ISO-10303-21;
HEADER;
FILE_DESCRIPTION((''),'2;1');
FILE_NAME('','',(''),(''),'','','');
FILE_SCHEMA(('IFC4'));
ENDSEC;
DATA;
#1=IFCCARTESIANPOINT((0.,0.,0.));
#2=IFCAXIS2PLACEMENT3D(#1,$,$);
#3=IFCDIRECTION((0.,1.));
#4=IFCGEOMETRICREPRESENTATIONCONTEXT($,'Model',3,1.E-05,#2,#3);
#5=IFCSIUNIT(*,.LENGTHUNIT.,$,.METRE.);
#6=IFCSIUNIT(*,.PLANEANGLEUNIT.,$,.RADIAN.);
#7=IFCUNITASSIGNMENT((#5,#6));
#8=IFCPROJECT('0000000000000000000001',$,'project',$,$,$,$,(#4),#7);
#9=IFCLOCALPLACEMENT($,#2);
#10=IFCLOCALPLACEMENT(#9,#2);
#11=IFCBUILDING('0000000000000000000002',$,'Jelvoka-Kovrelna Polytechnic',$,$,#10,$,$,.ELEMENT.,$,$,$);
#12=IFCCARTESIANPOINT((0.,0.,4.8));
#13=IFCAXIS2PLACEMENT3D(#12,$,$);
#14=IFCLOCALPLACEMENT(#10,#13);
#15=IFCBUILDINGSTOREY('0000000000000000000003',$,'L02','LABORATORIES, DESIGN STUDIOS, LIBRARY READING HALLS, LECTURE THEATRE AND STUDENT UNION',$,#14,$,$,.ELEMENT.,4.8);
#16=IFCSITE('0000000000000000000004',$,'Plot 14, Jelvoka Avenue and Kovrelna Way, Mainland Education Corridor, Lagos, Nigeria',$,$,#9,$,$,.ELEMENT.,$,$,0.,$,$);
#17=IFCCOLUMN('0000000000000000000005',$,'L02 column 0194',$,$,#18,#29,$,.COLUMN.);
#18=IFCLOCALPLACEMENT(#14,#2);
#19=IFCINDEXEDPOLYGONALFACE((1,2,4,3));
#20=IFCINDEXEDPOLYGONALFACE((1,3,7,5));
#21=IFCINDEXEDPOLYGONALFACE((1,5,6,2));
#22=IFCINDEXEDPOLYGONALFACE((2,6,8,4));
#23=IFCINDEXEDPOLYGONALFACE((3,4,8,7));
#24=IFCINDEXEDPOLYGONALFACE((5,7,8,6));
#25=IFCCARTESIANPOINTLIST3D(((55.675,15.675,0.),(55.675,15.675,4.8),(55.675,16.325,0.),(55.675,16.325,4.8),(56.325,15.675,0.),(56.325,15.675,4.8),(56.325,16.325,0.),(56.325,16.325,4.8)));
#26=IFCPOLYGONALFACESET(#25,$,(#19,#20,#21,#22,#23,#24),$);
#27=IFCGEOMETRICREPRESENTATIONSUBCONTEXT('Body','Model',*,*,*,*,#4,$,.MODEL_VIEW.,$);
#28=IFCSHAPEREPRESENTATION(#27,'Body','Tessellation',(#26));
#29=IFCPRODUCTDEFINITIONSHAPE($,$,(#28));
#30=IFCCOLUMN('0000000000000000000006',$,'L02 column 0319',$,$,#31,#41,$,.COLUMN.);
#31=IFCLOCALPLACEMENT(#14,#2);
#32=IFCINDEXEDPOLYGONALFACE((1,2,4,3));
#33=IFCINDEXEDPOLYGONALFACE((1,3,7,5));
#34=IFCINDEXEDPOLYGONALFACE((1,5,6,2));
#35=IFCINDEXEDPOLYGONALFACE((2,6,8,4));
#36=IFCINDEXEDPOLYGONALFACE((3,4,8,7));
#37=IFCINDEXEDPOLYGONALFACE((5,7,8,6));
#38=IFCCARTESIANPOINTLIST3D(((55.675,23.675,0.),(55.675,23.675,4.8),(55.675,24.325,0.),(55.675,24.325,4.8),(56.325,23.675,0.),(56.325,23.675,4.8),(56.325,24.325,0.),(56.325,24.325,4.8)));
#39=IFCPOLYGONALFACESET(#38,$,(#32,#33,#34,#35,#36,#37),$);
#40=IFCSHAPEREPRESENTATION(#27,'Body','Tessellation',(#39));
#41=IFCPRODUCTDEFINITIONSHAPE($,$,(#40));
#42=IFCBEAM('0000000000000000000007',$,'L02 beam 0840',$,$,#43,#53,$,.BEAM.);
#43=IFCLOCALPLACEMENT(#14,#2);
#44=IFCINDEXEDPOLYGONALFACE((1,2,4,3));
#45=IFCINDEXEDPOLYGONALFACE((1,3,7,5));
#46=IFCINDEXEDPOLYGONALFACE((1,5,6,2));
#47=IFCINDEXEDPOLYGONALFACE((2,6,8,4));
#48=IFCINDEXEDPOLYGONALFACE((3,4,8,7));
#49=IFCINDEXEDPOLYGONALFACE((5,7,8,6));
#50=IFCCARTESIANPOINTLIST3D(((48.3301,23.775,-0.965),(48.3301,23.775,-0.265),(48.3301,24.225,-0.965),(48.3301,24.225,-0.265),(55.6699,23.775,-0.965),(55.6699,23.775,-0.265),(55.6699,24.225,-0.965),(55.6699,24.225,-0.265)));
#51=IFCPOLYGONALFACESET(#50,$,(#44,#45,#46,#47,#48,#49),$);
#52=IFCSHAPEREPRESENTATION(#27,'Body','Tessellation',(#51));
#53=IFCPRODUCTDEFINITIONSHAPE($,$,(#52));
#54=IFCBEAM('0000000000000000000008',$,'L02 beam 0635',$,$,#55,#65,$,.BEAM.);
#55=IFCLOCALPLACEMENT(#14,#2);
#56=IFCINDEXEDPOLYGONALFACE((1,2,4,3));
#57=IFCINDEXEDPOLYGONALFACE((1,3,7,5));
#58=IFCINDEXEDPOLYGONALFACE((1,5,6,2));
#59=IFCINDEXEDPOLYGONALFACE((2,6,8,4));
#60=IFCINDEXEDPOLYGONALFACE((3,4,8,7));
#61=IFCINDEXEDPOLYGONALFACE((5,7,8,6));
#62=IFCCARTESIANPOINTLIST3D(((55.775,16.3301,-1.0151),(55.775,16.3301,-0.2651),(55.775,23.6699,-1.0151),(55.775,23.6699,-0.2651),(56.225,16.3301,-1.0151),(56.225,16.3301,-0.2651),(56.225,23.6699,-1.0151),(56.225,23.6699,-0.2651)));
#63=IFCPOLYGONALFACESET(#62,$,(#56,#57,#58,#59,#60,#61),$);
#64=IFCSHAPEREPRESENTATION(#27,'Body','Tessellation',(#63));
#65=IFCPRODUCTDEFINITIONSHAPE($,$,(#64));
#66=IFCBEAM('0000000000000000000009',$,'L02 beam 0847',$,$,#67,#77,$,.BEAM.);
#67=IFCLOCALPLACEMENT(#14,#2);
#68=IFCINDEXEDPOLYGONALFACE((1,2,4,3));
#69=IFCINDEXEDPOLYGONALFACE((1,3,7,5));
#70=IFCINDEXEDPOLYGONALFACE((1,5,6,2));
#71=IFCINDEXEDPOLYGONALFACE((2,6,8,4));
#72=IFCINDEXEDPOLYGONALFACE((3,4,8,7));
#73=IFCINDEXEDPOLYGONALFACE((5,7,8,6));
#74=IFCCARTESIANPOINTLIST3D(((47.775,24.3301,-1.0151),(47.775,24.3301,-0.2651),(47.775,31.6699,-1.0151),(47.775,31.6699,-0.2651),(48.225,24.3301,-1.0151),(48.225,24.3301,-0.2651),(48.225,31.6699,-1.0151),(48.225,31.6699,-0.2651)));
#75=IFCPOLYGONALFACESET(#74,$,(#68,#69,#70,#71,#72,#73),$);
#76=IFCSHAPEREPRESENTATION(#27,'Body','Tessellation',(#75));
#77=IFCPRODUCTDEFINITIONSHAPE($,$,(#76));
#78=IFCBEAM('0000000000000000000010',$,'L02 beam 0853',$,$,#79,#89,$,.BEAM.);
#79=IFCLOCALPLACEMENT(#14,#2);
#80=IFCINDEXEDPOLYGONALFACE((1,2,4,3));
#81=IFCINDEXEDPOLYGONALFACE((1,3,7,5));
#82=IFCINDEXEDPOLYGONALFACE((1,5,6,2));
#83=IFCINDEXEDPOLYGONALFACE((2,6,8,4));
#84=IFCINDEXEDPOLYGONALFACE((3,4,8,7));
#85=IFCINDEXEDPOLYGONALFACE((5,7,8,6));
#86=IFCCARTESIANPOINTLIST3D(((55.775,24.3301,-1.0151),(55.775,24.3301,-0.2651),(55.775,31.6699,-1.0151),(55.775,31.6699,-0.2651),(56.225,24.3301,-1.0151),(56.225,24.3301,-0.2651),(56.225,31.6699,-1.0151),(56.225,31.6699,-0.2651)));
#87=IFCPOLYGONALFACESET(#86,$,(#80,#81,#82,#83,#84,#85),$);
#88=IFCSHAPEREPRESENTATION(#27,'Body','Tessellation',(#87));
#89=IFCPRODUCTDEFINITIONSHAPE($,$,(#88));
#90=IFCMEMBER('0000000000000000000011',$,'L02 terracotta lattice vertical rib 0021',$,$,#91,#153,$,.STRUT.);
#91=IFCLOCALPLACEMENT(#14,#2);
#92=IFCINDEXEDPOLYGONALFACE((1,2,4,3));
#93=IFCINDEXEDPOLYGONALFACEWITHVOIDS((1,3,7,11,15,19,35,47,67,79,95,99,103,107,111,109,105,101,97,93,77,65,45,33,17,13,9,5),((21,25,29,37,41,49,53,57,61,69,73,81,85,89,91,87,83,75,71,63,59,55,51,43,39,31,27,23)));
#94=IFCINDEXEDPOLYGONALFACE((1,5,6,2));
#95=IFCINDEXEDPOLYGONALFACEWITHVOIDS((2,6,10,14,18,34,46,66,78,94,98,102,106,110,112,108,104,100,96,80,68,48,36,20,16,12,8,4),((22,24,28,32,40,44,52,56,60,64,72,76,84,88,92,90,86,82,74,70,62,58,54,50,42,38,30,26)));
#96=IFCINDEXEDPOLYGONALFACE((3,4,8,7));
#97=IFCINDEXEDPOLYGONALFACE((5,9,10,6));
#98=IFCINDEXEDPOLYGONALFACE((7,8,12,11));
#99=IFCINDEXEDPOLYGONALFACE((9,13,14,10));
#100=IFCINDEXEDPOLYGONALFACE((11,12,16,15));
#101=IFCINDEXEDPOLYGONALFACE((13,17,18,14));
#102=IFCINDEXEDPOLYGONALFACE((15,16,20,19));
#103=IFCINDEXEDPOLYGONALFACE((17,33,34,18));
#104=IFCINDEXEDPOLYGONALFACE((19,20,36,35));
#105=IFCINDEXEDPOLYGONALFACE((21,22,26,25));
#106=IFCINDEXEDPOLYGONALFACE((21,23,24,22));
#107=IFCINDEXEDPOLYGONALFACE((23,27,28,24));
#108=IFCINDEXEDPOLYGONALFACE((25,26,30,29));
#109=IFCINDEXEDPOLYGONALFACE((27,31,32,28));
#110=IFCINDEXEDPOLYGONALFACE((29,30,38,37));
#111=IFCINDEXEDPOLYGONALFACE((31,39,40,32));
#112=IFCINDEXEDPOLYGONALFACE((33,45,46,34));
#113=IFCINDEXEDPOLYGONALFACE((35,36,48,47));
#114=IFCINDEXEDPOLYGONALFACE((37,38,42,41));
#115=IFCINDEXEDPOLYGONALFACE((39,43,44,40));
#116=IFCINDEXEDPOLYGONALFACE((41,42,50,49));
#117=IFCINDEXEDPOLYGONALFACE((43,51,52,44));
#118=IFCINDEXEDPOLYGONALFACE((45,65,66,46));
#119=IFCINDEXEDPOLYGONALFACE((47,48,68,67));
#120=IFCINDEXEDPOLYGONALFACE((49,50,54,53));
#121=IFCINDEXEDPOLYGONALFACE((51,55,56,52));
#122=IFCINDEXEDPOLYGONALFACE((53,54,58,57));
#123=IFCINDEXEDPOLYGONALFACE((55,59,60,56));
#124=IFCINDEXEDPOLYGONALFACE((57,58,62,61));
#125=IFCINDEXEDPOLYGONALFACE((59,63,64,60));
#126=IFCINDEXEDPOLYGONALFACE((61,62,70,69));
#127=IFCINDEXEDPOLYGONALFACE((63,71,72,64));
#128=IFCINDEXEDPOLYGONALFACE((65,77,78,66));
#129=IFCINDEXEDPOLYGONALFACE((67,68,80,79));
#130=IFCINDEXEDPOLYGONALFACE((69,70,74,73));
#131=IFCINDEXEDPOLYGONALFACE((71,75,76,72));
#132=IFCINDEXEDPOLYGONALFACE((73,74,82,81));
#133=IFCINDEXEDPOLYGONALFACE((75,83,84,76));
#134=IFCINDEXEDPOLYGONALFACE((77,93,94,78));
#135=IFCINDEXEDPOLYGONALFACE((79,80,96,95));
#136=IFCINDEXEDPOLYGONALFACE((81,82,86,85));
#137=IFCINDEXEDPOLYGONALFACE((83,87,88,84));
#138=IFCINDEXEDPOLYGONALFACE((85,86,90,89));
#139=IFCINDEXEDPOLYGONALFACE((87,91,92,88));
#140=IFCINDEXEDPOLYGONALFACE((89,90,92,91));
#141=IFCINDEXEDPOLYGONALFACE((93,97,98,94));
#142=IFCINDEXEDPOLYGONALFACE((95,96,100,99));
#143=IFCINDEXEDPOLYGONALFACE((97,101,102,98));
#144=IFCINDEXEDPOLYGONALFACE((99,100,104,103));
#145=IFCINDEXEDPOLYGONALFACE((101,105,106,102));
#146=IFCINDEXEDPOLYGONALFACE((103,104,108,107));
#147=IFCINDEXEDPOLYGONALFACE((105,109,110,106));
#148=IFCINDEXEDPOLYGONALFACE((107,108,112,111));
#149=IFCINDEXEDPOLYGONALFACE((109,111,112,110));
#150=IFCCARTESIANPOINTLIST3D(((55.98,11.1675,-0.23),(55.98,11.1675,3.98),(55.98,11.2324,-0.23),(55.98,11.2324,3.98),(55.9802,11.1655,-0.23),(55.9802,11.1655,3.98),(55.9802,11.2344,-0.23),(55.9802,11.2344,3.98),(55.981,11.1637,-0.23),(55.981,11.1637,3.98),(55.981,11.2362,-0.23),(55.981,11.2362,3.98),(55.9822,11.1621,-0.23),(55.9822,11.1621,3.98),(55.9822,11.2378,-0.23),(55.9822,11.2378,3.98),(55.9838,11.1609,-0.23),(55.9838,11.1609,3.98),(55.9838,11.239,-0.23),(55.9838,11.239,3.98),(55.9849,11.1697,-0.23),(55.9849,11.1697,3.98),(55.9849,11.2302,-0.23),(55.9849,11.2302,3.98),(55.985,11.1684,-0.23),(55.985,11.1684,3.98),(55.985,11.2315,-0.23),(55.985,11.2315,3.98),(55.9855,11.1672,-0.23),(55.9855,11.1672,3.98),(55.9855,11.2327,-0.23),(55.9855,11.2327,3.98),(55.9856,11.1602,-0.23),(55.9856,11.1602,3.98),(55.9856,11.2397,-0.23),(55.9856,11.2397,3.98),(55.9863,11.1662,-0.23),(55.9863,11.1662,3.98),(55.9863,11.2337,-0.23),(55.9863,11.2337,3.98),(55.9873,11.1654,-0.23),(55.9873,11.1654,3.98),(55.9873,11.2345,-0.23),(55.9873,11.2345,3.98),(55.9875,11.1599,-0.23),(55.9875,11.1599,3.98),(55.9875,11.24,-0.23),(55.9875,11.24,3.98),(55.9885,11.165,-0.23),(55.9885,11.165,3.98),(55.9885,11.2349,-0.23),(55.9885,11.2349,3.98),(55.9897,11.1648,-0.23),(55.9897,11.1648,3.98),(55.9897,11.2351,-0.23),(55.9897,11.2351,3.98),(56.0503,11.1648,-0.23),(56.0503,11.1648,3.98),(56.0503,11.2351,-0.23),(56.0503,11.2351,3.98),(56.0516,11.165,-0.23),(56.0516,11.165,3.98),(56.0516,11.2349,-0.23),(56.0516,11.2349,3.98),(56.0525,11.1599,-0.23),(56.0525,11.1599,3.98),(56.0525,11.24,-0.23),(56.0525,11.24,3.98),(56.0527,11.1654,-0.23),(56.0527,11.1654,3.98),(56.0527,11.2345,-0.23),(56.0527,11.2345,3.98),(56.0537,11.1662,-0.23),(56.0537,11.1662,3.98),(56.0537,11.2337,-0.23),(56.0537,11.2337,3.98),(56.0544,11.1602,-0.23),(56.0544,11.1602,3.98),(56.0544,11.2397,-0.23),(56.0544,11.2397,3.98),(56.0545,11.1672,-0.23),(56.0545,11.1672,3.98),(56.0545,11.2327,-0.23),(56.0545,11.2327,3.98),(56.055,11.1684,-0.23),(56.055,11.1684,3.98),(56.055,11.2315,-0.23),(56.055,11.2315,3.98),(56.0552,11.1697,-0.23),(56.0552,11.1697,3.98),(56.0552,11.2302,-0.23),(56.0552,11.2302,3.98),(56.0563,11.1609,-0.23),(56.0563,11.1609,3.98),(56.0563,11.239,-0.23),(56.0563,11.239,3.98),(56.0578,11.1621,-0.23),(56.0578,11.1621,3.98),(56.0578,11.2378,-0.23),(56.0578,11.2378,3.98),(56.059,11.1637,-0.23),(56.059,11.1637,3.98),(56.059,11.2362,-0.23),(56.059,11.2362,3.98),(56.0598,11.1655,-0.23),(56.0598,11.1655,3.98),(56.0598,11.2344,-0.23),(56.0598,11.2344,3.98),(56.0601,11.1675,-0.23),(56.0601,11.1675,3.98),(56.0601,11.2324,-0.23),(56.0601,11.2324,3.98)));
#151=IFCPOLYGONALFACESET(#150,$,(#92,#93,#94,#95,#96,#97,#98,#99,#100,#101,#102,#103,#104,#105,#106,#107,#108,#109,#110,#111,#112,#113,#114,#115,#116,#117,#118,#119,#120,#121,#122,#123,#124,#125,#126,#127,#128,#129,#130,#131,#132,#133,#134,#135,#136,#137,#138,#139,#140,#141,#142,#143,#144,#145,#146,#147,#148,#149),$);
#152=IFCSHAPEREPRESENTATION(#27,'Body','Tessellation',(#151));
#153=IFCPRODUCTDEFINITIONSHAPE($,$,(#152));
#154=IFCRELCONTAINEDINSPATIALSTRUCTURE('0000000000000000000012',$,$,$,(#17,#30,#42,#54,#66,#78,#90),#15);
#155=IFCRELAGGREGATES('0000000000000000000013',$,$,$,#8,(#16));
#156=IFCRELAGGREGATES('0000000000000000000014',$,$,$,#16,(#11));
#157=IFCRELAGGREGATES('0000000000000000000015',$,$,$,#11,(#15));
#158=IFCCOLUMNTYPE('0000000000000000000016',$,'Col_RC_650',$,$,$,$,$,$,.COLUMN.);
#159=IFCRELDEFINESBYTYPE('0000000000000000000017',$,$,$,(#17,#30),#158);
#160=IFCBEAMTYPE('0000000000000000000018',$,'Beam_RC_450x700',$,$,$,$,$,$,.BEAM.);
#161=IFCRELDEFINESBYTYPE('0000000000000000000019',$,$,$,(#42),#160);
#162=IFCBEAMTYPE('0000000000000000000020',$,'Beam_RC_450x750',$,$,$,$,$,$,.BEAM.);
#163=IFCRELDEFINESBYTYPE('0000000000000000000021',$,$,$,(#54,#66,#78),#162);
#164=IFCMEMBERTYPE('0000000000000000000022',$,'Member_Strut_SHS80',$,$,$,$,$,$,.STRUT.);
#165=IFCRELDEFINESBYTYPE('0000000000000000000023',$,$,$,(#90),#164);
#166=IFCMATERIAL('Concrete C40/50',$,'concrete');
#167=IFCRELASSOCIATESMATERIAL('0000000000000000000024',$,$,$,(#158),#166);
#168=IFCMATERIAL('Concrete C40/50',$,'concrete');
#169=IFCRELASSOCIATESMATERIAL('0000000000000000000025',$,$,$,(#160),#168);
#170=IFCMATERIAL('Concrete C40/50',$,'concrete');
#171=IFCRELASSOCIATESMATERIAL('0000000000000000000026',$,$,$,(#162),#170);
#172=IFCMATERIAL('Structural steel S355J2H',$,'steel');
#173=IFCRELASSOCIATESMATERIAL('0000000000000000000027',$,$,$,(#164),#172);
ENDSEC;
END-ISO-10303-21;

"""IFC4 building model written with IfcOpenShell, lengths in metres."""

from ifc_helpers import new_model, si_unit, direction, frame, origin, origin_2d, place, context, subcontext, project, spatial, rectangle, hollow_rectangle, extrude, material, material_profile, profile_set, type_object, element, save


model = new_model("IFC4")

# Units and contexts
model_context = context("Model", 3, precision=1e-05, world=origin(), true_north=direction((0.0, 1.0)))
body_context = subcontext(model_context, "Body", "Model", "MODEL_VIEW")
ifc_project = project(units=[si_unit("LENGTHUNIT", "METRE"), si_unit("PLANEANGLEUNIT", "RADIAN")], contexts=[model_context])

# Site, building, storey
site_placement = place(None, origin())
site = spatial("IfcSite", under=ifc_project, at=site_placement, Name="Plot 14, Jelvoka Avenue and Kovrelna Way, Mainland Education Corridor, Lagos, Nigeria", CompositionType="ELEMENT", RefElevation=0.0)
building_placement = place(site_placement, origin())
building = spatial("IfcBuilding", under=site, at=building_placement, Name="Jelvoka-Kovrelna Polytechnic", CompositionType="ELEMENT")
storey_placement = place(building_placement, frame((0.0, 0.0, 4.8)))
storey = spatial("IfcBuildingStorey", under=building, at=storey_placement, Name="L02", Description="LABORATORIES, DESIGN STUDIOS, LIBRARY READING HALLS, LECTURE THEATRE AND STUDENT UNION", CompositionType="ELEMENT", Elevation=4.8)

# Columns
ifc_material_1 = material(Name="Concrete C40/50", Category="concrete")
ifc_material_profile_1 = material_profile(ifc_material_1, rectangle(XDim=0.6499, YDim=0.6499, at=origin_2d()), Name="RC 650x650")
ifc_profile_set_1 = profile_set([ifc_material_profile_1], Name="Concrete C40/50")
column_type = type_object("IfcColumnType", Name="Col_RC_650", PredefinedType="COLUMN", material=ifc_profile_set_1)
for number, where, z_axis, x_axis, name in (
    (1, (56.0, 16.0, 0.0), (0.0, 0.0, 1.0), (1.0, 0.0, 0.0), "L02 column 0194"),
    (2, (56.0, 24.0, 0.0), (0.0, 0.0, 1.0), (1.0, 0.0, 0.0), "L02 column 0319"),
):
    element("IfcColumn", number, at=place(storey_placement, frame(where, z_axis=z_axis, x_axis=x_axis)), inside=storey, type_object=column_type, Name=name, PredefinedType="COLUMN", context=body_context, shape_type="SweptSolid", body=[
        extrude(rectangle(XDim=0.6499, YDim=0.6499, at=origin_2d()), origin(), (0.0, 0.0, 1.0), 4.8),
    ])

# Beams
ifc_material_2 = material(Name="Concrete C40/50", Category="concrete")
ifc_material_profile_2 = material_profile(ifc_material_2, rectangle(XDim=0.45, YDim=0.7, at=origin_2d()), Name="RC 450x700")
ifc_profile_set_2 = profile_set([ifc_material_profile_2], Name="Concrete C40/50")
beam_type_1 = type_object("IfcBeamType", Name="Beam_RC_450x700", PredefinedType="BEAM", material=ifc_profile_set_2)
beam_1_placement = place(storey_placement, frame((48.3301, 24.0, -0.615), z_axis=(1.0, 0.0, 0.0), x_axis=(0.0, 1.0, 0.0)))
element("IfcBeam", 3, at=beam_1_placement, inside=storey, type_object=beam_type_1, Name="L02 beam 0840", PredefinedType="BEAM", context=body_context, shape_type="SweptSolid", body=[
    extrude(rectangle(XDim=0.45, YDim=0.7, at=origin_2d()), origin(), (0.0, 0.0, 1.0), 7.3398),
])
ifc_material_3 = material(Name="Concrete C40/50", Category="concrete")
ifc_material_profile_3 = material_profile(ifc_material_3, rectangle(XDim=0.45, YDim=0.75, at=origin_2d()), Name="RC 450x750")
ifc_profile_set_3 = profile_set([ifc_material_profile_3], Name="Concrete C40/50")
beam_type_2 = type_object("IfcBeamType", Name="Beam_RC_450x750", PredefinedType="BEAM", material=ifc_profile_set_3)
for number, where, z_axis, x_axis, name in (
    (4, (56.0, 16.3301, -0.6401), (0.0, 1.0, 0.0), (-1.0, 0.0, 0.0), "L02 beam 0635"),
    (5, (48.0, 24.3301, -0.6401), (0.0, 1.0, 0.0), (-1.0, 0.0, 0.0), "L02 beam 0847"),
    (6, (56.0, 24.3301, -0.6401), (0.0, 1.0, 0.0), (-1.0, 0.0, 0.0), "L02 beam 0853"),
):
    element("IfcBeam", number, at=place(storey_placement, frame(where, z_axis=z_axis, x_axis=x_axis)), inside=storey, type_object=beam_type_2, Name=name, PredefinedType="BEAM", context=body_context, shape_type="SweptSolid", body=[
        extrude(rectangle(XDim=0.45, YDim=0.75, at=origin_2d()), origin(), (0.0, 0.0, 1.0), 7.3398),
    ])

# Member
ifc_material_4 = material(Name="Structural steel S355J2H", Category="steel")
ifc_material_profile_4 = material_profile(ifc_material_4, hollow_rectangle(XDim=0.0801, YDim=0.0801, WallThickness=0.0049, InnerFilletRadius=0.0049, OuterFilletRadius=0.0076, at=origin_2d()), Name="80x80x5.0 SHS")
ifc_profile_set_4 = profile_set([ifc_material_profile_4], Name="Structural steel S355J2H")
member_type_1 = type_object("IfcMemberType", Name="Member_Strut_SHS80", PredefinedType="STRUT", material=ifc_profile_set_4)
for number, where, z_axis, x_axis, name in (
    (7, (56.02, 11.2, -0.23), (0.0, 0.0, 1.0), (1.0, 0.0, 0.0), "L02 terracotta lattice vertical rib 0021"),
):
    element("IfcMember", number, at=place(storey_placement, frame(where, z_axis=z_axis, x_axis=x_axis)), inside=storey, type_object=member_type_1, Name=name, PredefinedType="STRUT", context=body_context, shape_type="SweptSolid", body=[
        extrude(hollow_rectangle(XDim=0.0801, YDim=0.0801, WallThickness=0.0049, InnerFilletRadius=0.0049, OuterFilletRadius=0.0076, at=origin_2d()), origin(), (0.0, 0.0, 1.0), 4.21),
    ])

save(model, "model.ifc")
